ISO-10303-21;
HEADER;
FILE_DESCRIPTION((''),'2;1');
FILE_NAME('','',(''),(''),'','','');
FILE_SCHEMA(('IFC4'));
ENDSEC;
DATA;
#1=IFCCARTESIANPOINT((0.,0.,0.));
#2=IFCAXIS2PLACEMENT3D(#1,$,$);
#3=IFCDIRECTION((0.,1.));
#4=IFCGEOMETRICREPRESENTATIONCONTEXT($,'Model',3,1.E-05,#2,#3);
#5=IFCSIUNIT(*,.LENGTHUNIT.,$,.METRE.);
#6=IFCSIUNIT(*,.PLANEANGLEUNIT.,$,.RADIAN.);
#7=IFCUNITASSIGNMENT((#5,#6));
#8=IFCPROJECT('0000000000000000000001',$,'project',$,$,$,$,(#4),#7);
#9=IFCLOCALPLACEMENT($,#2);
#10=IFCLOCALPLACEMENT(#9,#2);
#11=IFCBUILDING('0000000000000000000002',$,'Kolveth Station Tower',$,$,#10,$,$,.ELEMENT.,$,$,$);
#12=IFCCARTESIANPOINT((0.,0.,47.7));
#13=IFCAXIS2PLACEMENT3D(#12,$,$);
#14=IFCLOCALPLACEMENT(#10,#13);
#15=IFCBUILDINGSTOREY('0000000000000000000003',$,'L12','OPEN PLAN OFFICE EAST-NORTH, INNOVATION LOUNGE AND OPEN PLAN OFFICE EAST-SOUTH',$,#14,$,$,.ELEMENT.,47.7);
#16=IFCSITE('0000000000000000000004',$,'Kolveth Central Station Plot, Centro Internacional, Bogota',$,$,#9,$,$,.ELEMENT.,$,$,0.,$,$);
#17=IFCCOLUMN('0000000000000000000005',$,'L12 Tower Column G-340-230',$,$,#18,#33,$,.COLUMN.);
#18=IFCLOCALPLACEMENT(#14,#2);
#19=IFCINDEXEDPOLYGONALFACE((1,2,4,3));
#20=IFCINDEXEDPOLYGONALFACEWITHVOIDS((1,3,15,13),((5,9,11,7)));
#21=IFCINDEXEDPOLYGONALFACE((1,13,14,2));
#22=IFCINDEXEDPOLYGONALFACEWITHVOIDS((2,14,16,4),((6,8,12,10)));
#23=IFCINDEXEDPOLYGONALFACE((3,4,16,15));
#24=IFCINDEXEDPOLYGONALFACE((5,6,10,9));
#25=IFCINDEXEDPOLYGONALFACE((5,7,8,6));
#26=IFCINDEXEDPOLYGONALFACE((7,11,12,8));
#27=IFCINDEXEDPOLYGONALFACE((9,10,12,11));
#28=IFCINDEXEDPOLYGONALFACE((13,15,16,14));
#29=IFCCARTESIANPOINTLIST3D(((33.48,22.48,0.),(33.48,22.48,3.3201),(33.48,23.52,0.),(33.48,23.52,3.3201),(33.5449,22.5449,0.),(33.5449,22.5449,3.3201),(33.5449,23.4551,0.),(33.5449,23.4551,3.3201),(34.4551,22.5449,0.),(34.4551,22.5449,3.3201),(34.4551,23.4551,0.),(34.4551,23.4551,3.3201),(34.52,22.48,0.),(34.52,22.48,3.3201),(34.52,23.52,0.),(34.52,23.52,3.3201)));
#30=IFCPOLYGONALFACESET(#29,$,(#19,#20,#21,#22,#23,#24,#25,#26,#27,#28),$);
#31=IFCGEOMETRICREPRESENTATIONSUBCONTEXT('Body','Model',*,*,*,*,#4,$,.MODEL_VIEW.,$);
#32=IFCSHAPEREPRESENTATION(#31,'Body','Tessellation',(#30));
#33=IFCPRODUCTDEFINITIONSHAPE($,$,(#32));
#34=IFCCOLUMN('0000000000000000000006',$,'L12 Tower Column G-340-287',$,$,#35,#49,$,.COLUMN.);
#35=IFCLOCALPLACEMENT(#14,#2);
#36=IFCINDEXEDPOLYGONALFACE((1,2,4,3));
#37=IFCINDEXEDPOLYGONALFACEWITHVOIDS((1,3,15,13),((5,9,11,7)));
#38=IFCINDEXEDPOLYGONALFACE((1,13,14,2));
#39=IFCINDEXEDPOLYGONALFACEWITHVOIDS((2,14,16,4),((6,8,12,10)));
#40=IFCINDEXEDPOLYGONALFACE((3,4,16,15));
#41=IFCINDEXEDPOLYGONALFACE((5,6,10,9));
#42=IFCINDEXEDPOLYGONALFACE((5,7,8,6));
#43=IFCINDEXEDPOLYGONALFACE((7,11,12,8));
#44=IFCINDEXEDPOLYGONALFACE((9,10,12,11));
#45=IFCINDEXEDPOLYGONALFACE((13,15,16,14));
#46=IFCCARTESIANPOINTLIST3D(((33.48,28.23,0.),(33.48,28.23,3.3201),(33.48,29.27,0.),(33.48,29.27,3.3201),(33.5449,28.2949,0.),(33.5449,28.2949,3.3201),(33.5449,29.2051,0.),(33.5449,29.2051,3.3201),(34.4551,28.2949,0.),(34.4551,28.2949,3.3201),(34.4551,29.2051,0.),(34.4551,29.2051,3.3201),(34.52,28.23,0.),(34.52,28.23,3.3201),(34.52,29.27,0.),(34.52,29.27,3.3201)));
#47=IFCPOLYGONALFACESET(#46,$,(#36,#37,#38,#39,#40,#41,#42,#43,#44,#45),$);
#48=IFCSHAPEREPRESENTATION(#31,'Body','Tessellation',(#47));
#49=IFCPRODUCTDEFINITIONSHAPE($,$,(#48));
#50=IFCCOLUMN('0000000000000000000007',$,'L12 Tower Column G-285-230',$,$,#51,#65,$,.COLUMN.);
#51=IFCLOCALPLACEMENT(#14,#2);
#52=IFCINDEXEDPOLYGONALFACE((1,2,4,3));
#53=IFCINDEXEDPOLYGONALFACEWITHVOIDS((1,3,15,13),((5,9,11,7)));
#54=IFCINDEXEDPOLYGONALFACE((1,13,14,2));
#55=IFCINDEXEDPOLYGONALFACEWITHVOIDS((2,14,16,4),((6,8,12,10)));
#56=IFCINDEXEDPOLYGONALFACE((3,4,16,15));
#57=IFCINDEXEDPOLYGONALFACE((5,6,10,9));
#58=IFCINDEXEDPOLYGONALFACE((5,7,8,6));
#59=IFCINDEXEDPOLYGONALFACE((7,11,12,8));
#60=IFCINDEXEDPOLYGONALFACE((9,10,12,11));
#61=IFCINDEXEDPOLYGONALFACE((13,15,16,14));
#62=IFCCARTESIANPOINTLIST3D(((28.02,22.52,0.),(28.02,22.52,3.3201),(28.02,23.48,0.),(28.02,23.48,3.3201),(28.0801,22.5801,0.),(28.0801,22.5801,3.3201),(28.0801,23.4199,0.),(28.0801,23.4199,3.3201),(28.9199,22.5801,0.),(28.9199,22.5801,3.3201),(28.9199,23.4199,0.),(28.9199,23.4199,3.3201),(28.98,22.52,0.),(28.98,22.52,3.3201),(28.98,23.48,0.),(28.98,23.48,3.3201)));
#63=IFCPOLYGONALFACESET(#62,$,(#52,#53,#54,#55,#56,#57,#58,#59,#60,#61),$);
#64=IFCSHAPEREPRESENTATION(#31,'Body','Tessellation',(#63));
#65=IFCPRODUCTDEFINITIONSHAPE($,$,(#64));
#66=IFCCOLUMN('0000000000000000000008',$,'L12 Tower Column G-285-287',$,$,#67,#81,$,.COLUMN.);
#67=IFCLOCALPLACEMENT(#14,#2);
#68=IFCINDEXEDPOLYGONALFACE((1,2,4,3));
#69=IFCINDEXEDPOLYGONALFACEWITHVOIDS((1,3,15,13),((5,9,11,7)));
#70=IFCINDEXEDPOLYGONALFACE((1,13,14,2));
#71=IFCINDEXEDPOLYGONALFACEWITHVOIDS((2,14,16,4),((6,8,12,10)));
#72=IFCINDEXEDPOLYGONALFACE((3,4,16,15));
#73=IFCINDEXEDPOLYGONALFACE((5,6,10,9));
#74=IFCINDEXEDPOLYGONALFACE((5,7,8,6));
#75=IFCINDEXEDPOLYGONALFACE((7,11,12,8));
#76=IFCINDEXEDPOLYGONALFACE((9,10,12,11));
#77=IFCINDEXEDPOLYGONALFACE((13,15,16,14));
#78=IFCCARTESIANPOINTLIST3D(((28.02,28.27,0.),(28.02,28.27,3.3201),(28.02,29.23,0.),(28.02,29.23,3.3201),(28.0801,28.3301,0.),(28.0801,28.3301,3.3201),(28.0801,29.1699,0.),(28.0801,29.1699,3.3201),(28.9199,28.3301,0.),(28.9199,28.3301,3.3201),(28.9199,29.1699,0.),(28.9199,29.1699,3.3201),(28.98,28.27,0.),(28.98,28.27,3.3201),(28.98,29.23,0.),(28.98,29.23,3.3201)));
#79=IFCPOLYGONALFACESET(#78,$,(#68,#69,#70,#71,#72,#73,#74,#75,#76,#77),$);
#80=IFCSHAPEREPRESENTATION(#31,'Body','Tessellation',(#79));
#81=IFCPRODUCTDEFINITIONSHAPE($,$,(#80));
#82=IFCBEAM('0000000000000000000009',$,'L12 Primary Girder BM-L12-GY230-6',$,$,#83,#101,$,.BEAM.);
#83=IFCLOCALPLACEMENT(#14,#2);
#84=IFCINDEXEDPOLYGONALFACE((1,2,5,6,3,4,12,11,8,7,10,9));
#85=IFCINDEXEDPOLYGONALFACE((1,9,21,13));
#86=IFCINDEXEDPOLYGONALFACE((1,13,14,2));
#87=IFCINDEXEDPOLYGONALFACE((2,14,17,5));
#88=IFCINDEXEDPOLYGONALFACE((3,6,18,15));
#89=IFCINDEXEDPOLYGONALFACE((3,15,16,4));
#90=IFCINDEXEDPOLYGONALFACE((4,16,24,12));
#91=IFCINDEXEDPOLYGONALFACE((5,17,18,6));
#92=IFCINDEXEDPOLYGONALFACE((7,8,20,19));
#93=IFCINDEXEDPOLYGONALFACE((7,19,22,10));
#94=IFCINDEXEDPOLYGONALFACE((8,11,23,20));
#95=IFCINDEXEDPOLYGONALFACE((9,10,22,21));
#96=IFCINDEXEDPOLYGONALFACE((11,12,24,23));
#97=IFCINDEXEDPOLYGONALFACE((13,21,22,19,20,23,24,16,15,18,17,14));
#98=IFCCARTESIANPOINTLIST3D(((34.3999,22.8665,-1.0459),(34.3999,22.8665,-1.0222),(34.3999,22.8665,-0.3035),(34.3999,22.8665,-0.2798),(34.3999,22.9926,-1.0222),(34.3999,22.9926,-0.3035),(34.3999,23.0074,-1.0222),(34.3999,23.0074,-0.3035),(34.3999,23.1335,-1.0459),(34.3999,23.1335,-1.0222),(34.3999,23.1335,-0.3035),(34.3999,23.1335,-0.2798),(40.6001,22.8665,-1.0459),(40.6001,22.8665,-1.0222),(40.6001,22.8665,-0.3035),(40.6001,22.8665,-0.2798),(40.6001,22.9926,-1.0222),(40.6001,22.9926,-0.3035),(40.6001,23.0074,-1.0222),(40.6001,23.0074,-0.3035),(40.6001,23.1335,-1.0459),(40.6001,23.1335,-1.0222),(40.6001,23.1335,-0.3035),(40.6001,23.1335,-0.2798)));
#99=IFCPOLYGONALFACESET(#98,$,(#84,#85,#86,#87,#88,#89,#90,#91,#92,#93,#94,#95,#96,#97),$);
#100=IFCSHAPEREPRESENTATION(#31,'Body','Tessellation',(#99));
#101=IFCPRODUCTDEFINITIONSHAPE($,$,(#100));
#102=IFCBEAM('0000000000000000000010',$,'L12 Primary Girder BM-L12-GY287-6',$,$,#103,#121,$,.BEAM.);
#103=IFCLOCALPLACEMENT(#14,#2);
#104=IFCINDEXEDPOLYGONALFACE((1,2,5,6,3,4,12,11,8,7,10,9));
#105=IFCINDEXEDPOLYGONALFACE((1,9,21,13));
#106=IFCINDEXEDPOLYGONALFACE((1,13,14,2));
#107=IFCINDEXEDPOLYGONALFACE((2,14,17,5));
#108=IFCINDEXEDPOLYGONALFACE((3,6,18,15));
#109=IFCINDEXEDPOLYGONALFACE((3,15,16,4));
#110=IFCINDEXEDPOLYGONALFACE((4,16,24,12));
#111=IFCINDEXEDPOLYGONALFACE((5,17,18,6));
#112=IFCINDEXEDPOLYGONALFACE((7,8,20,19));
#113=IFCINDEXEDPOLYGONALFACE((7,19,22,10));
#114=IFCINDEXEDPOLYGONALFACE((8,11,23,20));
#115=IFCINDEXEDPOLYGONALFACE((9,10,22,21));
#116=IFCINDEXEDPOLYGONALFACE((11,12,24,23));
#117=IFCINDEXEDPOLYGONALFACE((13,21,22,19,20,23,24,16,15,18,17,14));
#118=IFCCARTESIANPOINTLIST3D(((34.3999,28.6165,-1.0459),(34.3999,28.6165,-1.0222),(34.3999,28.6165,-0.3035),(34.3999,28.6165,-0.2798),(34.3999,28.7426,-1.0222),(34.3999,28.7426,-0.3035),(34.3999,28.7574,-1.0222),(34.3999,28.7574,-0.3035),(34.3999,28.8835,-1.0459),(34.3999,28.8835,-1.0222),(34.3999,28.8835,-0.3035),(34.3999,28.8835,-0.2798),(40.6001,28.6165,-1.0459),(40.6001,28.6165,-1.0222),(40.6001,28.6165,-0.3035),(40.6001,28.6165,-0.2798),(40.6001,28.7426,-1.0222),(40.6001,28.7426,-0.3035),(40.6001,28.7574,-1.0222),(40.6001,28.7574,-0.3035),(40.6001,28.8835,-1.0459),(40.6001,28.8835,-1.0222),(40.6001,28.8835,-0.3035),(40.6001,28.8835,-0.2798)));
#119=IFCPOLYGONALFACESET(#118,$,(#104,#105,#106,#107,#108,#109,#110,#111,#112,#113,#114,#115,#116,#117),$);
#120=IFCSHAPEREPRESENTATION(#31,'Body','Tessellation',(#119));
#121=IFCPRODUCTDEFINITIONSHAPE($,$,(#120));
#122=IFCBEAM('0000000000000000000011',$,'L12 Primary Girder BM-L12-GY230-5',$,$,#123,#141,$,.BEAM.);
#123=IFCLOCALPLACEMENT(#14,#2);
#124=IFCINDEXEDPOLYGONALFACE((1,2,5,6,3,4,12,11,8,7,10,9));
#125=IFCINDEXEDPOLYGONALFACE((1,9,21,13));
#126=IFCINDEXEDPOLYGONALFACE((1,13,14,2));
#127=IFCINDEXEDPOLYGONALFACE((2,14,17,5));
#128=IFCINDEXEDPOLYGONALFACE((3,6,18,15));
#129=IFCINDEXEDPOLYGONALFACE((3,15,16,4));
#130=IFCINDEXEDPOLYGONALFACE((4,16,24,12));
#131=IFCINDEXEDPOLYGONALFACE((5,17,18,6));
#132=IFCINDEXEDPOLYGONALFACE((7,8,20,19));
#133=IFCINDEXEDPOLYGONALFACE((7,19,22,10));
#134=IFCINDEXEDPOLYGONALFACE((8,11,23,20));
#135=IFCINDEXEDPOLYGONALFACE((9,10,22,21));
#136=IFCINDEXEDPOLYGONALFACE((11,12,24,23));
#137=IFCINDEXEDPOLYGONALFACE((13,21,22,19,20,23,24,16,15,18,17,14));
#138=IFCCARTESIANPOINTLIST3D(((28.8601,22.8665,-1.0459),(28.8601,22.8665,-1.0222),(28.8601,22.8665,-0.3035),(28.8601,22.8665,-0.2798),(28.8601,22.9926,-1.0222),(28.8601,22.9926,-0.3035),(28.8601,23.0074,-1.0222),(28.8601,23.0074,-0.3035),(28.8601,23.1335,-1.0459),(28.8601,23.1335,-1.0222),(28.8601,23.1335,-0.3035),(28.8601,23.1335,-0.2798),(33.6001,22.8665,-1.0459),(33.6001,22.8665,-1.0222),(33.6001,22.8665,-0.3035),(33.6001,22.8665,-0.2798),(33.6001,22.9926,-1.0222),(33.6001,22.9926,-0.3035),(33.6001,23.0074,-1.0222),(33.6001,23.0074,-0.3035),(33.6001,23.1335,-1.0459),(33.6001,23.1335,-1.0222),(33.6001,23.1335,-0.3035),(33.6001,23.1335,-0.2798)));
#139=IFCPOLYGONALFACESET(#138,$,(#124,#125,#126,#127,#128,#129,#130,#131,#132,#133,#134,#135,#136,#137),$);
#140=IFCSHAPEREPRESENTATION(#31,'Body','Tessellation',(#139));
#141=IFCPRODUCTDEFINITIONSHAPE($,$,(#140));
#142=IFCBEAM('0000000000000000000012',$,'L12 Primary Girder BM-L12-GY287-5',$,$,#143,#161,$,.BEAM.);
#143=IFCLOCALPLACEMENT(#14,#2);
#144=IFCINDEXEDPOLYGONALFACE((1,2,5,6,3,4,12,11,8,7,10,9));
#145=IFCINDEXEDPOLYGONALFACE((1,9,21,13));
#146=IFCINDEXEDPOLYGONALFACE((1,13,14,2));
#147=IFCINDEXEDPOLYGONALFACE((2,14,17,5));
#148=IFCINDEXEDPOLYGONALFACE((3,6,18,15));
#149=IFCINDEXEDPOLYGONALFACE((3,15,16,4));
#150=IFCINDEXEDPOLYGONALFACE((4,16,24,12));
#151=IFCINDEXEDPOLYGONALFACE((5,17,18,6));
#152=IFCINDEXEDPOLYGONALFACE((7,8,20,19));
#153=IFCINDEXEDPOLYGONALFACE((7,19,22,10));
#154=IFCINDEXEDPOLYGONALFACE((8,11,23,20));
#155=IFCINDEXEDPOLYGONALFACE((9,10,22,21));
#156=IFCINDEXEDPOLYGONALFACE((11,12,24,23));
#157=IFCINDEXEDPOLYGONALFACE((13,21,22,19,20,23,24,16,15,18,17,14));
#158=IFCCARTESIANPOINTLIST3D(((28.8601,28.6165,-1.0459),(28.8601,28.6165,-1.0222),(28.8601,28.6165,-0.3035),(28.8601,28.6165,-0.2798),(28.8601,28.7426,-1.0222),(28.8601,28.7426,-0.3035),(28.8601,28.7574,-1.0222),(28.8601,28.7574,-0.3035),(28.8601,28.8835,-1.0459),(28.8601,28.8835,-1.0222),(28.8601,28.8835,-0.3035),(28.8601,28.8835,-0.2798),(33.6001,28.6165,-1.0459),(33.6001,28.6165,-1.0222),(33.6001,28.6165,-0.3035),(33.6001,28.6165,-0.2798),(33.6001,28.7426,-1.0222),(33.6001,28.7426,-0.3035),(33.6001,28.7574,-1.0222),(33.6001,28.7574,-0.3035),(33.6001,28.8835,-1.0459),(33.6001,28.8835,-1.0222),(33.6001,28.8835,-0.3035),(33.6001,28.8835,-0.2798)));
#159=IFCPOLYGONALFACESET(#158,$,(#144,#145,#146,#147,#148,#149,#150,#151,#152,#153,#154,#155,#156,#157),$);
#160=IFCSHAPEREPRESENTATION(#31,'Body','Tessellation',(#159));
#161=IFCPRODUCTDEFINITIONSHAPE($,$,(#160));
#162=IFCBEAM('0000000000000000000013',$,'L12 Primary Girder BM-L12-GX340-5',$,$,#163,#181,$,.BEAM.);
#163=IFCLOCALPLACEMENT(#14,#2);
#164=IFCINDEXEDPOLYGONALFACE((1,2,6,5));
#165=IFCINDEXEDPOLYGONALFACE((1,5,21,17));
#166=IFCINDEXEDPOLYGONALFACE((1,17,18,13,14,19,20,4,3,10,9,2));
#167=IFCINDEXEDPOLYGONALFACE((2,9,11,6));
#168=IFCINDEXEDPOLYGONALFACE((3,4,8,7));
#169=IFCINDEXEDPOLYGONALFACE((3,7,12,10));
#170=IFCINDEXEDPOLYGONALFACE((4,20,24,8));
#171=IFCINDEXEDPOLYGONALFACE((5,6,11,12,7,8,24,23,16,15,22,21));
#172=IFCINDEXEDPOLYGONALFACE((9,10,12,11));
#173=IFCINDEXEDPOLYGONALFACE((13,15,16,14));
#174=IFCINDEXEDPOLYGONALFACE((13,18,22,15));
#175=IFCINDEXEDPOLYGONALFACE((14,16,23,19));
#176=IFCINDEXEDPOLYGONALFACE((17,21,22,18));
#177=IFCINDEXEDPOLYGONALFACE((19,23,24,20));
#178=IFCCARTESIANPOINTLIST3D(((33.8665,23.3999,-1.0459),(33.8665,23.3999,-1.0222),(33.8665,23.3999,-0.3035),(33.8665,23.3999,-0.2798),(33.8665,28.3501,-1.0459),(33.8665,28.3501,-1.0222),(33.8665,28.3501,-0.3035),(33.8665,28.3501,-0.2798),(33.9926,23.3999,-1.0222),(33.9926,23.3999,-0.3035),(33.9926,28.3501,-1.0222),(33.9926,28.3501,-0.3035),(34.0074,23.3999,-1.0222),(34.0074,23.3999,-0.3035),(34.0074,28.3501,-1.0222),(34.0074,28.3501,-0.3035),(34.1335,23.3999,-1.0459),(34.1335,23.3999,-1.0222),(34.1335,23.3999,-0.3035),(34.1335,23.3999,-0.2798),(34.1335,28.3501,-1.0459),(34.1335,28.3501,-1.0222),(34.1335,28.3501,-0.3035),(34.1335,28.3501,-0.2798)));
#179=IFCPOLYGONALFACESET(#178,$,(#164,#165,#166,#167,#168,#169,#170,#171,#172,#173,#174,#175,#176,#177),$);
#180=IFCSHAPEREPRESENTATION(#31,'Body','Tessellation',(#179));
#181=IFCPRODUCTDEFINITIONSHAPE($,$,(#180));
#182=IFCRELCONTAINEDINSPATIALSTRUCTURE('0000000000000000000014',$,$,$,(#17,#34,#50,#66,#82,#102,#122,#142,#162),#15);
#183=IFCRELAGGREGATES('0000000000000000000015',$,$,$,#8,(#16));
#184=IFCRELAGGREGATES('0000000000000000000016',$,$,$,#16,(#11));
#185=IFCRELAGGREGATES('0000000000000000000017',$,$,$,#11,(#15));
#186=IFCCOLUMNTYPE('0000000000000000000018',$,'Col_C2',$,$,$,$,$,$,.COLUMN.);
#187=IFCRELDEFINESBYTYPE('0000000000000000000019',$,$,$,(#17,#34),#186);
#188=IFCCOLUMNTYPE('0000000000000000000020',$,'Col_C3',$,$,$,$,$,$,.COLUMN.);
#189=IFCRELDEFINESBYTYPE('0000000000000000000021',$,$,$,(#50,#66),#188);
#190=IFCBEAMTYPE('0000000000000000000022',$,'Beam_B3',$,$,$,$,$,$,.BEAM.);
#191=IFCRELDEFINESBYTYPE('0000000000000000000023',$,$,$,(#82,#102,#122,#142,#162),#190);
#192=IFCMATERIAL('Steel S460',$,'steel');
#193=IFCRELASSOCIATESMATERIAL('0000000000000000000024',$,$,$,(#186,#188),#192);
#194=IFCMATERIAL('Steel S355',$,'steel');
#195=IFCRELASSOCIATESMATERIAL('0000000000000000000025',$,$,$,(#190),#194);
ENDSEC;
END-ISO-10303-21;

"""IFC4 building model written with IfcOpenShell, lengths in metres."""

from ifc_helpers import new_model, si_unit, direction, frame, origin, origin_2d, place, context, subcontext, project, spatial, hollow_rectangle, i_section, extrude, source, transform, mapped, material, material_profile, profile_set, type_object, element, save


model = new_model("IFC4")

# Units and contexts
model_context = context("Model", 3, precision=1e-05, world=origin(), true_north=direction((0.0, 1.0)))
body_context = subcontext(model_context, "Body", "Model", "MODEL_VIEW")
ifc_project = project(units=[si_unit("LENGTHUNIT", "METRE"), si_unit("PLANEANGLEUNIT", "RADIAN")], contexts=[model_context])

# Site, building, storey
site_placement = place(None, origin())
site = spatial("IfcSite", under=ifc_project, at=site_placement, Name="Kolveth Central Station Plot, Centro Internacional, Bogota", CompositionType="ELEMENT", RefElevation=0.0)
building_placement = place(site_placement, origin())
building = spatial("IfcBuilding", under=site, at=building_placement, Name="Kolveth Station Tower", CompositionType="ELEMENT")
storey_placement = place(building_placement, frame((0.0, 0.0, 47.7)))
storey = spatial("IfcBuildingStorey", under=building, at=storey_placement, Name="L12", Description="OPEN PLAN OFFICE EAST-NORTH, INNOVATION LOUNGE AND OPEN PLAN OFFICE EAST-SOUTH", CompositionType="ELEMENT", Elevation=47.7)

# Columns
ifc_material_1 = material(Name="Steel S460", Category="steel")
ifc_material_profile_1 = material_profile(ifc_material_1, hollow_rectangle(XDim=1.04, YDim=1.04, WallThickness=0.0649, at=origin_2d()), Name="BOX1040x1040x65")
ifc_profile_set_1 = profile_set([ifc_material_profile_1], Name="Steel S460")
column_type_1 = type_object("IfcColumnType", Name="Col_C2", PredefinedType="COLUMN", material=ifc_profile_set_1)
shared_shape_1 = source(origin(), body_context, "Body", "SweptSolid", [
    extrude(hollow_rectangle(XDim=1.04, YDim=1.04, WallThickness=0.0649, at=origin_2d()), origin(), (0.0, 0.0, 1.0), 3.3201),
])
for number, where, z_axis, x_axis, name in (
    (1, (34.0, 23.0, 0.0), (0.0, 0.0, 1.0), (1.0, 0.0, 0.0), "L12 Tower Column G-340-230"),
    (2, (34.0, 28.75, 0.0), (0.0, 0.0, 1.0), (1.0, 0.0, 0.0), "L12 Tower Column G-340-287"),
):
    element("IfcColumn", number, at=place(storey_placement, frame(where, z_axis=z_axis, x_axis=x_axis)), inside=storey, type_object=column_type_1, Name=name, PredefinedType="COLUMN", context=body_context, shape_type="MappedRepresentation", body=[
        mapped(shared_shape_1, transform((0.0, 0.0, 0.0), x_axis=(1.0, 0.0, 0.0), y_axis=(0.0, 1.0, 0.0), z_axis=(0.0, 0.0, 1.0), scale=1.0)),
    ])
ifc_material_profile_2 = material_profile(ifc_material_1, hollow_rectangle(XDim=0.96, YDim=0.96, WallThickness=0.0601, at=origin_2d()), Name="BOX960x960x60")
ifc_profile_set_2 = profile_set([ifc_material_profile_2], Name="Steel S460")
column_type_2 = type_object("IfcColumnType", Name="Col_C3", PredefinedType="COLUMN", material=ifc_profile_set_2)
shared_shape_2 = source(origin(), body_context, "Body", "SweptSolid", [
    extrude(hollow_rectangle(XDim=0.96, YDim=0.96, WallThickness=0.0601, at=origin_2d()), origin(), (0.0, 0.0, 1.0), 3.3201),
])
for number, where, z_axis, x_axis, name in (
    (3, (28.5, 23.0, 0.0), (0.0, 0.0, 1.0), (1.0, 0.0, 0.0), "L12 Tower Column G-285-230"),
    (4, (28.5, 28.75, 0.0), (0.0, 0.0, 1.0), (1.0, 0.0, 0.0), "L12 Tower Column G-285-287"),
):
    element("IfcColumn", number, at=place(storey_placement, frame(where, z_axis=z_axis, x_axis=x_axis)), inside=storey, type_object=column_type_2, Name=name, PredefinedType="COLUMN", context=body_context, shape_type="MappedRepresentation", body=[
        mapped(shared_shape_2, transform((0.0, 0.0, 0.0), x_axis=(1.0, 0.0, 0.0), y_axis=(0.0, 1.0, 0.0), z_axis=(0.0, 0.0, 1.0), scale=1.0)),
    ])

# Beams
ifc_material_2 = material(Name="Steel S355", Category="steel")
ifc_material_profile_3 = material_profile(ifc_material_2, i_section(OverallWidth=0.2671, OverallDepth=0.7661, WebThickness=0.0149, FlangeThickness=0.0237, at=origin_2d()), Name="W760x185")
ifc_profile_set_3 = profile_set([ifc_material_profile_3], Name="Steel S355")
beam_type_1 = type_object("IfcBeamType", Name="Beam_B3", PredefinedType="BEAM", material=ifc_profile_set_3)
shared_shape_3 = source(origin(), body_context, "Body", "SweptSolid", [
    extrude(i_section(OverallWidth=0.2671, OverallDepth=0.7661, WebThickness=0.0149, FlangeThickness=0.0237, at=origin_2d()), origin(), (0.0, 0.0, 1.0), 6.2002),
])
for number, where, z_axis, x_axis, name in (
    (5, (34.3999, 23.0, -0.6628), (1.0, 0.0, 0.0), (0.0, 1.0, 0.0), "L12 Primary Girder BM-L12-GY230-6"),
    (6, (34.3999, 28.75, -0.6628), (1.0, 0.0, 0.0), (0.0, 1.0, 0.0), "L12 Primary Girder BM-L12-GY287-6"),
):
    element("IfcBeam", number, at=place(storey_placement, frame(where, z_axis=z_axis, x_axis=x_axis)), inside=storey, type_object=beam_type_1, Name=name, PredefinedType="BEAM", context=body_context, shape_type="MappedRepresentation", body=[
        mapped(shared_shape_3, transform((0.0, 0.0, 0.0), x_axis=(1.0, 0.0, 0.0), y_axis=(0.0, 1.0, 0.0), z_axis=(0.0, 0.0, 1.0), scale=1.0)),
    ])
shared_shape_4 = source(origin(), body_context, "Body", "SweptSolid", [
    extrude(i_section(OverallWidth=0.2671, OverallDepth=0.7661, WebThickness=0.0149, FlangeThickness=0.0237, at=origin_2d()), origin(), (0.0, 0.0, 1.0), 4.74),
])
for number, where, z_axis, x_axis, name in (
    (7, (28.8601, 23.0, -0.6628), (1.0, 0.0, 0.0), (0.0, 1.0, 0.0), "L12 Primary Girder BM-L12-GY230-5"),
    (8, (28.8601, 28.75, -0.6628), (1.0, 0.0, 0.0), (0.0, 1.0, 0.0), "L12 Primary Girder BM-L12-GY287-5"),
):
    element("IfcBeam", number, at=place(storey_placement, frame(where, z_axis=z_axis, x_axis=x_axis)), inside=storey, type_object=beam_type_1, Name=name, PredefinedType="BEAM", context=body_context, shape_type="MappedRepresentation", body=[
        mapped(shared_shape_4, transform((0.0, 0.0, 0.0), x_axis=(1.0, 0.0, 0.0), y_axis=(0.0, 1.0, 0.0), z_axis=(0.0, 0.0, 1.0), scale=1.0)),
    ])
shared_shape_5 = source(origin(), body_context, "Body", "SweptSolid", [
    extrude(i_section(OverallWidth=0.2671, OverallDepth=0.7661, WebThickness=0.0149, FlangeThickness=0.0237, at=origin_2d()), origin(), (0.0, 0.0, 1.0), 4.9502),
])
beam_1_placement = place(storey_placement, frame((34.0, 23.3999, -0.6628), z_axis=(0.0, 1.0, 0.0), x_axis=(-1.0, 0.0, 0.0)))
element("IfcBeam", 9, at=beam_1_placement, inside=storey, type_object=beam_type_1, Name="L12 Primary Girder BM-L12-GX340-5", PredefinedType="BEAM", context=body_context, shape_type="MappedRepresentation", body=[
    mapped(shared_shape_5, transform((0.0, 0.0, 0.0), x_axis=(1.0, 0.0, 0.0), y_axis=(0.0, 1.0, 0.0), z_axis=(0.0, 0.0, 1.0), scale=1.0)),
])

save(model, "model.ifc")
